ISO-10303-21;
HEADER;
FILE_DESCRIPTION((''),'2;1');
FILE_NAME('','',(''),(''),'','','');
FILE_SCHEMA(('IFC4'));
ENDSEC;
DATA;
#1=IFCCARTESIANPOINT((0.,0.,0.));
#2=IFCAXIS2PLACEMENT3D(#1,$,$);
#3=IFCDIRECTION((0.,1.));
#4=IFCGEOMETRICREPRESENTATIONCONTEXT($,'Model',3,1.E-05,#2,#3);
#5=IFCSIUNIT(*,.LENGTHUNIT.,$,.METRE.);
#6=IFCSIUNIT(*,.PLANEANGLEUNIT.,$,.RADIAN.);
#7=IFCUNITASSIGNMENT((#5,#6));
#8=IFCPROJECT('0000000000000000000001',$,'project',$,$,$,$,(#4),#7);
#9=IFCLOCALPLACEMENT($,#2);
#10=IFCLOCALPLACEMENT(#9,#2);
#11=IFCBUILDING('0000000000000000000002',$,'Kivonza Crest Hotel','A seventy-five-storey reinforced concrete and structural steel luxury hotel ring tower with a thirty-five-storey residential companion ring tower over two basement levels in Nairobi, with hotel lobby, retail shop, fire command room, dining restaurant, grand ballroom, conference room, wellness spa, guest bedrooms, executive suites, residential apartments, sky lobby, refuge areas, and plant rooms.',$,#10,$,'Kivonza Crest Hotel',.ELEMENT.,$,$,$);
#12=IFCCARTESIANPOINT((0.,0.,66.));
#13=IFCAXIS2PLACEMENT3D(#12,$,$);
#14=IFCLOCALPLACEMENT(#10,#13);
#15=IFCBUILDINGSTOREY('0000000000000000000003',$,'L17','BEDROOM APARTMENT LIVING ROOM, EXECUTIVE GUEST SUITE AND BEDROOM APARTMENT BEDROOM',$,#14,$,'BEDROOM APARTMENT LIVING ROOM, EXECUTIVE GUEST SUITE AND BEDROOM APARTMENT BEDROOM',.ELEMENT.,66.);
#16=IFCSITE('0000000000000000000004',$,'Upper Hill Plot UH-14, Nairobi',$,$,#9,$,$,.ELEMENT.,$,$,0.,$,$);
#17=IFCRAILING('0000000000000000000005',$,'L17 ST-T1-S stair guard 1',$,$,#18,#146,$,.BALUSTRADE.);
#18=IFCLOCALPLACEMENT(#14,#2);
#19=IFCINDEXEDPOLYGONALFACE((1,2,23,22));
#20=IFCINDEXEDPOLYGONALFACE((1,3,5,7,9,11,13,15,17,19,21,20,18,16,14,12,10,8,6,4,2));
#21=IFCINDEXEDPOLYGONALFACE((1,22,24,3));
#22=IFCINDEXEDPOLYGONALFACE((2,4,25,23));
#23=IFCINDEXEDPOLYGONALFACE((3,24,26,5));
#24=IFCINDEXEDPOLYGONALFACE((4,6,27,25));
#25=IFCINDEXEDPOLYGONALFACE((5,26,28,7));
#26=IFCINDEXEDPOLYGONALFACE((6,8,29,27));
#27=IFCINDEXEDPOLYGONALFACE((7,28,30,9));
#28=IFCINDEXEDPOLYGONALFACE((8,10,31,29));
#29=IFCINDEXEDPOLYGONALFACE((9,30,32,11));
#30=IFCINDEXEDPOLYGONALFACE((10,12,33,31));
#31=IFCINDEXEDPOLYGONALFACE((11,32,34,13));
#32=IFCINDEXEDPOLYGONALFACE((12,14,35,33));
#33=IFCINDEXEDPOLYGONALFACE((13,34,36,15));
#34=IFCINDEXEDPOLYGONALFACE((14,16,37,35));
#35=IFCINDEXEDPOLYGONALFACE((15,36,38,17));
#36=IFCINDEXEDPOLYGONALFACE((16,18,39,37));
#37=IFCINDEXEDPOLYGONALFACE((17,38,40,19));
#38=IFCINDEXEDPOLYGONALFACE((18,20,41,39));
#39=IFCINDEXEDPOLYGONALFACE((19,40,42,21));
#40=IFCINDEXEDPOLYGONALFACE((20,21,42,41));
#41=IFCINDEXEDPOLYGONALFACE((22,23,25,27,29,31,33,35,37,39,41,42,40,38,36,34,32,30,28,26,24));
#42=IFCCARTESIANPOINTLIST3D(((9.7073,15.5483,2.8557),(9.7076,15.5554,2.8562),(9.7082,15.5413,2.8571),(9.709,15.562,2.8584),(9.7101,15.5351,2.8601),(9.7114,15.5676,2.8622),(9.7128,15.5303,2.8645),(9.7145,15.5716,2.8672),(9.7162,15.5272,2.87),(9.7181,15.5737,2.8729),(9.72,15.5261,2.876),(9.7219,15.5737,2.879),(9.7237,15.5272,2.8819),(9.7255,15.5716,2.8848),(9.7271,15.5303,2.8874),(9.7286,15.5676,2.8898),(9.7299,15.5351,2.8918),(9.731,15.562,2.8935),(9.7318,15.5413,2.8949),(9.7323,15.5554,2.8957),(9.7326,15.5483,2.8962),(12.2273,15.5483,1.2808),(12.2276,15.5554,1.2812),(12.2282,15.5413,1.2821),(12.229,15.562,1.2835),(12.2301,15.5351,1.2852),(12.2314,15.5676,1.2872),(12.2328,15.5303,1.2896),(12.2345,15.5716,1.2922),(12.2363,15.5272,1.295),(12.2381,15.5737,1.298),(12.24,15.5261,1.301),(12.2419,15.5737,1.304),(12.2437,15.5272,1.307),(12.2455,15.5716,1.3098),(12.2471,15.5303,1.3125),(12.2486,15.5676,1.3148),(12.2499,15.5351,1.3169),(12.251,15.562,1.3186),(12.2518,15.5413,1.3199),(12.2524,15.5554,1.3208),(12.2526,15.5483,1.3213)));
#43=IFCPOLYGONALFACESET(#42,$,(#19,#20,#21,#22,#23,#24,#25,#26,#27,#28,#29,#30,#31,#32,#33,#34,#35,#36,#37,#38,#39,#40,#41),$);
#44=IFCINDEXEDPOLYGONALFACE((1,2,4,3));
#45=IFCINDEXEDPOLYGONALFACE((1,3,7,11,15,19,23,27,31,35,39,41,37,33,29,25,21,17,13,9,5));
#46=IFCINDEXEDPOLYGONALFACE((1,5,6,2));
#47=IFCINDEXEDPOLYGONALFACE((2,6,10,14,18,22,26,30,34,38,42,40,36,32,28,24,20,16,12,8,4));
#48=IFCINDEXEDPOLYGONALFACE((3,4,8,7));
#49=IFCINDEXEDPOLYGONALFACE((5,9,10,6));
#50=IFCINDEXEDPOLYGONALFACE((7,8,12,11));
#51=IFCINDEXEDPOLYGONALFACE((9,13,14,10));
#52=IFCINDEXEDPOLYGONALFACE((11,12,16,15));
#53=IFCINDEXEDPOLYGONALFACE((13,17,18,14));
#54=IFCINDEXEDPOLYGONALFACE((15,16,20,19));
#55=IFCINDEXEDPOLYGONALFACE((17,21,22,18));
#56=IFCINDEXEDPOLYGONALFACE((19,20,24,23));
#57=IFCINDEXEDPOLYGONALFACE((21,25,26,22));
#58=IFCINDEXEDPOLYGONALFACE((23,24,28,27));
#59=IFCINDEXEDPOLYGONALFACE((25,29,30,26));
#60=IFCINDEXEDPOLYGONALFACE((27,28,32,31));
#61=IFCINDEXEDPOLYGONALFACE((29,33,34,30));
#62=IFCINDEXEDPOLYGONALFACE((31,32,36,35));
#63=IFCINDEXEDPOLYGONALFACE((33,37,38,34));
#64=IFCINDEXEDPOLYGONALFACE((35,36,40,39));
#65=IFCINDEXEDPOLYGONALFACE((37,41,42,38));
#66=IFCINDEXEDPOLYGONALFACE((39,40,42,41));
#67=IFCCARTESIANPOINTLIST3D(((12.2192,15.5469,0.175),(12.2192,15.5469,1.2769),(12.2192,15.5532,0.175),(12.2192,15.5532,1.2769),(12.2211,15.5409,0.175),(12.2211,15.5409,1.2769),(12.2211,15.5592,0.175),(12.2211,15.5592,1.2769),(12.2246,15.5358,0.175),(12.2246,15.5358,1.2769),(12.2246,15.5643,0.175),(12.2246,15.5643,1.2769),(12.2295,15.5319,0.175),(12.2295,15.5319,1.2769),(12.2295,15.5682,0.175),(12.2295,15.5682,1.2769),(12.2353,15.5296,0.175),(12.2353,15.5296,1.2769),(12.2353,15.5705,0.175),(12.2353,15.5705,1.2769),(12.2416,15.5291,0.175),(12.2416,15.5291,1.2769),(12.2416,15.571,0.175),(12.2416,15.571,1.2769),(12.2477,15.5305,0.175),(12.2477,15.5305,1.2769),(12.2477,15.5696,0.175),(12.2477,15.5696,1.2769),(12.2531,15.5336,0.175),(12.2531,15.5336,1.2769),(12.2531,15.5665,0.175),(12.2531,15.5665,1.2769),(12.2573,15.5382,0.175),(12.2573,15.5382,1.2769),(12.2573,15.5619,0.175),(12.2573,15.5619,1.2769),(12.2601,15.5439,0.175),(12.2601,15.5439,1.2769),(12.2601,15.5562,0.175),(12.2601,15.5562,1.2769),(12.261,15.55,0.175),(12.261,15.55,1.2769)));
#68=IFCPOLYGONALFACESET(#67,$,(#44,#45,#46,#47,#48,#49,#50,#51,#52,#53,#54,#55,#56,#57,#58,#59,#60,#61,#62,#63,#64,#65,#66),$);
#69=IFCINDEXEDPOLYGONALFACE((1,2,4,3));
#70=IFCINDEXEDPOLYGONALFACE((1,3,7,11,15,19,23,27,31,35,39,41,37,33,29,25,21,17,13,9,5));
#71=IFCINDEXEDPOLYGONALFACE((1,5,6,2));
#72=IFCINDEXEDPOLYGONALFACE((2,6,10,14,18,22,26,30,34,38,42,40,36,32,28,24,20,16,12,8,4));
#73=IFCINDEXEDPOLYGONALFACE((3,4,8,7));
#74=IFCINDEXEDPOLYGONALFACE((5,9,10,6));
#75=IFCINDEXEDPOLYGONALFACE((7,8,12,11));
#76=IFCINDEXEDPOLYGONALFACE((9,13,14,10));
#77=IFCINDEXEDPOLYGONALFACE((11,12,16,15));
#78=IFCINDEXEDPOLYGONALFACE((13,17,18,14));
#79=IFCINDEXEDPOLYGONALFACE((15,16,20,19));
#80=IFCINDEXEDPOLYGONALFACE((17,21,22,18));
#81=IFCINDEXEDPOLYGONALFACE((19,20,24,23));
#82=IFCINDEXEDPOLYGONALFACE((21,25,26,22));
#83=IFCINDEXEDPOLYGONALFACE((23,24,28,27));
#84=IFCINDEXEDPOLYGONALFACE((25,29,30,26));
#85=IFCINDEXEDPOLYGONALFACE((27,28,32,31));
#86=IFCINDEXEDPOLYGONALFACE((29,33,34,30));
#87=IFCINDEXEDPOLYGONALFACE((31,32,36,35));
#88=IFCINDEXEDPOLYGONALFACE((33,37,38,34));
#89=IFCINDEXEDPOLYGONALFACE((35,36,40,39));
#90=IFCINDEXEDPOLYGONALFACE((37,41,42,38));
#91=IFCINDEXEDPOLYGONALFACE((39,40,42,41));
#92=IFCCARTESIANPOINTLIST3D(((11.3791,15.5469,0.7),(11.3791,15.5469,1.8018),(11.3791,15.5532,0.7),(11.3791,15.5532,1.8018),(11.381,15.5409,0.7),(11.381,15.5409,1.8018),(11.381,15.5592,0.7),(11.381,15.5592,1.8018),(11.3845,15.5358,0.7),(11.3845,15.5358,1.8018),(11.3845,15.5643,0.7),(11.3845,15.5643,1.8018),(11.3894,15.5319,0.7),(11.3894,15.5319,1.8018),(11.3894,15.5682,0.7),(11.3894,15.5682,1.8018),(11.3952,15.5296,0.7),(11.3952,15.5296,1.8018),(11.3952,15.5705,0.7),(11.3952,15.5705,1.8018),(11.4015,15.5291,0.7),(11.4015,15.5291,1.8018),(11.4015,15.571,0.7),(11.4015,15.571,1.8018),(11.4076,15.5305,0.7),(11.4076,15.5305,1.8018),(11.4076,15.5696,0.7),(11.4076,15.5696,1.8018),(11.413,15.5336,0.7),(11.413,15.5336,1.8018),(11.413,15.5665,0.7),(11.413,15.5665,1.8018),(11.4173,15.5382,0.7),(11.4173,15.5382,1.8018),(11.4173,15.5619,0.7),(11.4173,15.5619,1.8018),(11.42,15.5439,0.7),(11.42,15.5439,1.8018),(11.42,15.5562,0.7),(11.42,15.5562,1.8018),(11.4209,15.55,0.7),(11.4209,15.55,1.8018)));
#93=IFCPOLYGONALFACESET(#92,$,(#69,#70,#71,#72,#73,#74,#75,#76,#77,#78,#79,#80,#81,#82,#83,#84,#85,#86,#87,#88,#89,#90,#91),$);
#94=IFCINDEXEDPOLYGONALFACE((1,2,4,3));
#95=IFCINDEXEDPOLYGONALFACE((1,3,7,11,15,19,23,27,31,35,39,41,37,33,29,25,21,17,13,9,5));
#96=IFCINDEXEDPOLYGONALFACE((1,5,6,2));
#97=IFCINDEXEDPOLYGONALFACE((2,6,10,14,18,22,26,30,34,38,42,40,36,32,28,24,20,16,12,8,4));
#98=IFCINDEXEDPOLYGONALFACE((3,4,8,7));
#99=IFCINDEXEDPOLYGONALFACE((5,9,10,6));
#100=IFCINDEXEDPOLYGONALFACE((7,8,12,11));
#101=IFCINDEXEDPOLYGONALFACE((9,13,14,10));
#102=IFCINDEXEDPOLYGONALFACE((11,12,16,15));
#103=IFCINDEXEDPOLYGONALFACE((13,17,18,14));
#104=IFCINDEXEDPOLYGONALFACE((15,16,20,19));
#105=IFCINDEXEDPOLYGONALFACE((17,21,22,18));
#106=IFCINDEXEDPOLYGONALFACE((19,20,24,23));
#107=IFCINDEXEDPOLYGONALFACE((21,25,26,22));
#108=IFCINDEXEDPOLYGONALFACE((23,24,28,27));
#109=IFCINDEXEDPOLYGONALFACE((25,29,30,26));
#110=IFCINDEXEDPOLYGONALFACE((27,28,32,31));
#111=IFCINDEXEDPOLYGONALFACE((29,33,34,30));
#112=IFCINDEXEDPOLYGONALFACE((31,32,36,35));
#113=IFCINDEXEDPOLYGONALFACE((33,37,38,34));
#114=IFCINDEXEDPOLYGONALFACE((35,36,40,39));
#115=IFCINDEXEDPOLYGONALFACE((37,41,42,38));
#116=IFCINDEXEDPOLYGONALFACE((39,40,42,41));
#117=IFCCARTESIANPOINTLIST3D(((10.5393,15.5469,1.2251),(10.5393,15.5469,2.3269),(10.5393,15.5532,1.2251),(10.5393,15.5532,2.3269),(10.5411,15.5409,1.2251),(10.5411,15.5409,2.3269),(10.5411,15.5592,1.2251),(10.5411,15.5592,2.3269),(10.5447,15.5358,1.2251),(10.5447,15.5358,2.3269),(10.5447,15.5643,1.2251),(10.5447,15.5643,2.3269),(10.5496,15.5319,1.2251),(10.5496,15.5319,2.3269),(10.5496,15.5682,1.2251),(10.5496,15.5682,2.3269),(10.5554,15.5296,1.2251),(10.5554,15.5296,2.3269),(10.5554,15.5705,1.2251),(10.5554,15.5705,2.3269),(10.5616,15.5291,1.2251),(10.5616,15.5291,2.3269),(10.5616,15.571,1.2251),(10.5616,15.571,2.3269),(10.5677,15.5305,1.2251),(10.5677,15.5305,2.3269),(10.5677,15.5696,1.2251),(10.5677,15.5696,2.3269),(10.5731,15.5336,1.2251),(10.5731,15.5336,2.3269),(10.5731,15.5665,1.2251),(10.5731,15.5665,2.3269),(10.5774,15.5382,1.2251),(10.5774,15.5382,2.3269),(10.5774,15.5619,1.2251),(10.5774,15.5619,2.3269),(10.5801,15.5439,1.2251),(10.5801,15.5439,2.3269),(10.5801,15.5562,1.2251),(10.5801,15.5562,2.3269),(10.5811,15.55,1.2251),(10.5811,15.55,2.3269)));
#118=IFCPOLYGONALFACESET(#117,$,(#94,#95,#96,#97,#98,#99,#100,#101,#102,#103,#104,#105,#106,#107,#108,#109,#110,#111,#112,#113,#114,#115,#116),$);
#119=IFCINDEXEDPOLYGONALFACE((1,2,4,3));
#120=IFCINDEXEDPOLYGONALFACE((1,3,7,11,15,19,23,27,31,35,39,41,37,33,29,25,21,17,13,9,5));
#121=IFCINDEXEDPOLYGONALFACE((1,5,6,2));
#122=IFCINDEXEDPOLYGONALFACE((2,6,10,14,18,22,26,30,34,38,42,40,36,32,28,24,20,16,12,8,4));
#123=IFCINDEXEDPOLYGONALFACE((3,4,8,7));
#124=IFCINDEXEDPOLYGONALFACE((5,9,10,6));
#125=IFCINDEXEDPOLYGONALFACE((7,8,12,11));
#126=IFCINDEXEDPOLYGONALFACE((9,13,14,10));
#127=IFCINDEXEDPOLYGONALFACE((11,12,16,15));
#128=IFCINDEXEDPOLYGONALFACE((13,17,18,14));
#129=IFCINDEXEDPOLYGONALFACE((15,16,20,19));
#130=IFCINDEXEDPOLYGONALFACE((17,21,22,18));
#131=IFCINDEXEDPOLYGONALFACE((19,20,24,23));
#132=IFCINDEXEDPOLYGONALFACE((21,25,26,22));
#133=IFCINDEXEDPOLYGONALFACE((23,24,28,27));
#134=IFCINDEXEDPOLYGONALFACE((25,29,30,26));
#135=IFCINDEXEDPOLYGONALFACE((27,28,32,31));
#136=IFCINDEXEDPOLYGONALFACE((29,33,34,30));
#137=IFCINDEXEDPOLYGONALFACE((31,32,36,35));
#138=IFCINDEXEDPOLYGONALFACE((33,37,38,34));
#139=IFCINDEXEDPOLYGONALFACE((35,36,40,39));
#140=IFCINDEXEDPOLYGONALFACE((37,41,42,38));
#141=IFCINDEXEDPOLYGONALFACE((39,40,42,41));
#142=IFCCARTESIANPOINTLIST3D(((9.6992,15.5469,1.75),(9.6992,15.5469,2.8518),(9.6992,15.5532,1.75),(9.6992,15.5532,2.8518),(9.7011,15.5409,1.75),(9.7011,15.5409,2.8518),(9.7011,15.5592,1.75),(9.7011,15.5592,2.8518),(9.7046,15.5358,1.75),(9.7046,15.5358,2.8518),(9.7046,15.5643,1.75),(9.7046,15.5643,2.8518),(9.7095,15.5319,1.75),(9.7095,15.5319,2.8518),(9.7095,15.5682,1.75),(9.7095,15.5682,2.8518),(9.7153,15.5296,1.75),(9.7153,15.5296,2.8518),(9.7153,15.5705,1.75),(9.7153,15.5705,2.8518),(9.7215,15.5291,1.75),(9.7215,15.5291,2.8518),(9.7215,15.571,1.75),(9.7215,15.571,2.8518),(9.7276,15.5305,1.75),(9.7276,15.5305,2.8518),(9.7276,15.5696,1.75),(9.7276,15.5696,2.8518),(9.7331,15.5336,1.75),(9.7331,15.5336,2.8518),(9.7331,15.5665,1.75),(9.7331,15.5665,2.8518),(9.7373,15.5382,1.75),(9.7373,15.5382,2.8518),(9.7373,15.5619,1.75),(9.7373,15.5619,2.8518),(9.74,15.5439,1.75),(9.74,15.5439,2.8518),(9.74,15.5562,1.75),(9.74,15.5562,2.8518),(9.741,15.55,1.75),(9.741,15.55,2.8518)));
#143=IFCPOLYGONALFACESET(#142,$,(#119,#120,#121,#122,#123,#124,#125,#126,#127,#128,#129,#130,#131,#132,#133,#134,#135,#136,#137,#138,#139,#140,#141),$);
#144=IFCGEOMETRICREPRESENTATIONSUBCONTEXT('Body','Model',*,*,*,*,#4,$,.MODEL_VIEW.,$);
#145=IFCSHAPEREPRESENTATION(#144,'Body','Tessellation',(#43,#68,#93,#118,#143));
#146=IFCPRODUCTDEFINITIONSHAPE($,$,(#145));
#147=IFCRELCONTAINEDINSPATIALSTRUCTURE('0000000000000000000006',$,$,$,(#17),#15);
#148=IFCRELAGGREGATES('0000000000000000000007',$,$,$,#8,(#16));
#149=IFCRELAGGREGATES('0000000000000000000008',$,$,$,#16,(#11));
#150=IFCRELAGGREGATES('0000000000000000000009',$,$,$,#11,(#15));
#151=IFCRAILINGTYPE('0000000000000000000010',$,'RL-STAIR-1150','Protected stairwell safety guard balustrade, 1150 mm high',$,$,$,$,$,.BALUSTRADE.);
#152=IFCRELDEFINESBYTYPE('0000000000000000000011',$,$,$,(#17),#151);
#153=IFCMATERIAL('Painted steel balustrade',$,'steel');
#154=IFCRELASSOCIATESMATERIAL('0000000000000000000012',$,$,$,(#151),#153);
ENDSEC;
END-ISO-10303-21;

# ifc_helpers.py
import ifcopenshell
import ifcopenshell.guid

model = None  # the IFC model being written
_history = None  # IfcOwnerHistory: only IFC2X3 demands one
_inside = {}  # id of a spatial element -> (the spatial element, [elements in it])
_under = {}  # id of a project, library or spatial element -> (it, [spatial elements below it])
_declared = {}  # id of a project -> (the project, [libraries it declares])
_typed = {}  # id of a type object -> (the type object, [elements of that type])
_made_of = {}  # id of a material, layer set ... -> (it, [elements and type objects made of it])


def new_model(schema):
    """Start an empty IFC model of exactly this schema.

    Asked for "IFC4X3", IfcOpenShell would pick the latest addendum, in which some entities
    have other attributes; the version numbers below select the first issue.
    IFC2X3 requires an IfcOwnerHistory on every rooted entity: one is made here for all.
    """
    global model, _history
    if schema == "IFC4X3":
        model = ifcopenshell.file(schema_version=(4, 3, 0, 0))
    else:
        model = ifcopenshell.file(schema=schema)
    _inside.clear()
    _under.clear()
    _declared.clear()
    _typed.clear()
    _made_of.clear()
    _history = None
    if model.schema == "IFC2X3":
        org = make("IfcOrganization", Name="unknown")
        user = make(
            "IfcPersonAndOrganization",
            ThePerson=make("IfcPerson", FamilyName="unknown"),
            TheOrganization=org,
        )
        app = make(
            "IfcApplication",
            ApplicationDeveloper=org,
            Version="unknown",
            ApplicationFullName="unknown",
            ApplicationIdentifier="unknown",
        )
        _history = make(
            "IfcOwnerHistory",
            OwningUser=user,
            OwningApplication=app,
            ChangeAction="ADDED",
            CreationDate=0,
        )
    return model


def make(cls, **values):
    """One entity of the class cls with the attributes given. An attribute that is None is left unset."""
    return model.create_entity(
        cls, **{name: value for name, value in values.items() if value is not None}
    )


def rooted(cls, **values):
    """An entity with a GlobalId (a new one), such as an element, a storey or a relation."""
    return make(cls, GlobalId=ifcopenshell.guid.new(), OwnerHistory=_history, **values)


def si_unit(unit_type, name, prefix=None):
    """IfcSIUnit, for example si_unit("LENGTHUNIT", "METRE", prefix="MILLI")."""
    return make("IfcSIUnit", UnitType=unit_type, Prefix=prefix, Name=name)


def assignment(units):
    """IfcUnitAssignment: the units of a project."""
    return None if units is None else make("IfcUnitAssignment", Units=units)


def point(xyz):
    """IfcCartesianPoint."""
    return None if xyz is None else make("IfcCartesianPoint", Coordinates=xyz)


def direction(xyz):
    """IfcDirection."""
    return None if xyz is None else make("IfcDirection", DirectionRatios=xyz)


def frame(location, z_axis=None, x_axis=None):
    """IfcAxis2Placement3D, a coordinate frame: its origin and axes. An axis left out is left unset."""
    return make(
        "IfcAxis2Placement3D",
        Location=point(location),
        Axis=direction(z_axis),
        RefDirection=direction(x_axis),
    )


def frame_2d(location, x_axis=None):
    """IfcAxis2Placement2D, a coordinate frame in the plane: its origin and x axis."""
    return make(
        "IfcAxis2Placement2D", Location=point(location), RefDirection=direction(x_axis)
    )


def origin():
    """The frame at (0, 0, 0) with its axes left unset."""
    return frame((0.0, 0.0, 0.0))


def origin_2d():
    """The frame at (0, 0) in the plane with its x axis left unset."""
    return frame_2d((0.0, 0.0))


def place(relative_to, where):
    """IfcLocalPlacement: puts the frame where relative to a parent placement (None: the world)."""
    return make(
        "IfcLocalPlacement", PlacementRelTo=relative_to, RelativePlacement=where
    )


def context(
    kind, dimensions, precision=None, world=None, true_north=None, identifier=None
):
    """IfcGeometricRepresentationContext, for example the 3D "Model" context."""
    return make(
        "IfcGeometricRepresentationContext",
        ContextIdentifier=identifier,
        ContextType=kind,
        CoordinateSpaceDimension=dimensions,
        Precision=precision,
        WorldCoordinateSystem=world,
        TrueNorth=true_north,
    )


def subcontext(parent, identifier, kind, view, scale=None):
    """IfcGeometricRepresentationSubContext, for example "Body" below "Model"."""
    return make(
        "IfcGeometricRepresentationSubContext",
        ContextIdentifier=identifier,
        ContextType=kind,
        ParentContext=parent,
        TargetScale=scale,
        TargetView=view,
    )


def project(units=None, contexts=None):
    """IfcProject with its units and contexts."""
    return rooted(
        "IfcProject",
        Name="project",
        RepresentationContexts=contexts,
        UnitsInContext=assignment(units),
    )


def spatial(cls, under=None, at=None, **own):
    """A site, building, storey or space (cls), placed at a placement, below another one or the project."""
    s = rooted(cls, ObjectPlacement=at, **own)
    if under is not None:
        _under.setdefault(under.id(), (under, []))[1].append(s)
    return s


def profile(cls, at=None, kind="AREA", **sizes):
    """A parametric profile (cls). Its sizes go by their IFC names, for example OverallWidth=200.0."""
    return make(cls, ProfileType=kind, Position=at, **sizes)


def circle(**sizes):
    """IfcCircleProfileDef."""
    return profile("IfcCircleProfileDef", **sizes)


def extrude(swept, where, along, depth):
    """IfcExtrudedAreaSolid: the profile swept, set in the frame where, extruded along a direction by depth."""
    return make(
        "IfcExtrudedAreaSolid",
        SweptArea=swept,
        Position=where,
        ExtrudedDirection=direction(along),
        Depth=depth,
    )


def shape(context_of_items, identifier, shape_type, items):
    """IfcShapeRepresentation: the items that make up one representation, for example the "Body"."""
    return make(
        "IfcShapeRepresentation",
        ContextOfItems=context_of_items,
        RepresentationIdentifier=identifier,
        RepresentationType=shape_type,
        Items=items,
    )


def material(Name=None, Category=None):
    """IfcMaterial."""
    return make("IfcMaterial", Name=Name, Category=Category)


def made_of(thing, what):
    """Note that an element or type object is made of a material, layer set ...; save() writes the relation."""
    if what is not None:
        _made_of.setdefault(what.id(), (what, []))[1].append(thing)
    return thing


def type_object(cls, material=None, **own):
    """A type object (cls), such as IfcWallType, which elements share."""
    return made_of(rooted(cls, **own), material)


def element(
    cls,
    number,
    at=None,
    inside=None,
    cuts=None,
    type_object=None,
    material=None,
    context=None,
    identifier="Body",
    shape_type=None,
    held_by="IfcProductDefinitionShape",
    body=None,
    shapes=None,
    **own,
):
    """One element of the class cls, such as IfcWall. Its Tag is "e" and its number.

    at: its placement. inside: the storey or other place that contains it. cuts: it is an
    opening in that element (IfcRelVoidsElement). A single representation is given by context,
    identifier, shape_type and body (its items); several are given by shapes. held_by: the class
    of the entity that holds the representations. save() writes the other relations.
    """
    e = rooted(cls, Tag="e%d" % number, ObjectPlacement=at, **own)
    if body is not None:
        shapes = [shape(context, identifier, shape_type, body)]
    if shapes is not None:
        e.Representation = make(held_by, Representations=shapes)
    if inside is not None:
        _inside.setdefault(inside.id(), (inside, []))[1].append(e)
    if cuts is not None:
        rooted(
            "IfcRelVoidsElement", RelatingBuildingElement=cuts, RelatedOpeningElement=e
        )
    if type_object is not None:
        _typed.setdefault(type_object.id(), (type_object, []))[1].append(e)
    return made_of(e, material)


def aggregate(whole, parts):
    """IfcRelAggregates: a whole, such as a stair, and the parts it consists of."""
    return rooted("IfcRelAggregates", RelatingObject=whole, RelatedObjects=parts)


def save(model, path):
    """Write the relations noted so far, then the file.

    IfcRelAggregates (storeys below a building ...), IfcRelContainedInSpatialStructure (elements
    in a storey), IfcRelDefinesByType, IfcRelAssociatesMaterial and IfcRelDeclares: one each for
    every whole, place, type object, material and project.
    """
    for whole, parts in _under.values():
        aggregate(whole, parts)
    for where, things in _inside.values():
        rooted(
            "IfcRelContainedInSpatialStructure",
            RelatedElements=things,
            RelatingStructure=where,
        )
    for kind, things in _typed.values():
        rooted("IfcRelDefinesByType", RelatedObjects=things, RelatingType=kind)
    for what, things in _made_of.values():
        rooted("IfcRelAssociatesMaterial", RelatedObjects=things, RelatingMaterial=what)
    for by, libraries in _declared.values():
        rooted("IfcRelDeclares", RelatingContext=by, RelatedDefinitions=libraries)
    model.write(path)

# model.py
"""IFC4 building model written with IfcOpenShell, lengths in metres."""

from ifc_helpers import new_model, si_unit, direction, frame, origin, origin_2d, place, context, subcontext, project, spatial, circle, extrude, material, type_object, element, save


model = new_model("IFC4")

# Units and contexts
model_context = context("Model", 3, precision=1e-05, world=origin(), true_north=direction((0.0, 1.0)))
body_context = subcontext(model_context, "Body", "Model", "MODEL_VIEW")
ifc_project = project(units=[si_unit("LENGTHUNIT", "METRE"), si_unit("PLANEANGLEUNIT", "RADIAN")], contexts=[model_context])

# Site, building, storey
site_placement = place(None, origin())
site = spatial("IfcSite", under=ifc_project, at=site_placement, Name="Upper Hill Plot UH-14, Nairobi", CompositionType="ELEMENT", RefElevation=0.0)
building_placement = place(site_placement, origin())
building = spatial("IfcBuilding", under=site, at=building_placement, Name="Kivonza Crest Hotel", Description="A seventy-five-storey reinforced concrete and structural steel luxury hotel ring tower with a thirty-five-storey residential companion ring tower over two basement levels in Nairobi, with hotel lobby, retail shop, fire command room, dining restaurant, grand ballroom, conference room, wellness spa, guest bedrooms, executive suites, residential apartments, sky lobby, refuge areas, and plant rooms.", LongName="Kivonza Crest Hotel", CompositionType="ELEMENT")
storey_placement = place(building_placement, frame((0.0, 0.0, 66.0)))
storey = spatial("IfcBuildingStorey", under=building, at=storey_placement, Name="L17", Description="BEDROOM APARTMENT LIVING ROOM, EXECUTIVE GUEST SUITE AND BEDROOM APARTMENT BEDROOM", LongName="BEDROOM APARTMENT LIVING ROOM, EXECUTIVE GUEST SUITE AND BEDROOM APARTMENT BEDROOM", CompositionType="ELEMENT", Elevation=66.0)

# Railing
ifc_material_1 = material(Name="Painted steel balustrade", Category="steel")
railing_type_1 = type_object("IfcRailingType", Name="RL-STAIR-1150", Description="Protected stairwell safety guard balustrade, 1150 mm high", PredefinedType="BALUSTRADE", material=ifc_material_1)
railing_1_placement = place(storey_placement, frame((12.24, 15.55, 0.175)))
element("IfcRailing", 1, at=railing_1_placement, inside=storey, type_object=railing_type_1, Name="L17 ST-T1-S stair guard 1", PredefinedType="BALUSTRADE", context=body_context, shape_type="SweptSolid", body=[
    extrude(circle(Radius=0.0239, at=origin_2d()), frame((0.0, 0.0, 1.126), z_axis=(-0.848008, 0.0, 0.529984), x_axis=(0.0, -1.0, 0.0)), (0.0, 0.0, 1.0), 2.9717),
    extrude(circle(Radius=0.021, at=origin_2d()), origin(), (0.0, 0.0, 1.0), 1.1018),
    extrude(circle(Radius=0.021, at=origin_2d()), frame((-0.8401, 0.0, 0.5249)), (0.0, 0.0, 1.0), 1.1018),
    extrude(circle(Radius=0.021, at=origin_2d()), frame((-1.6799, 0.0, 1.05)), (0.0, 0.0, 1.0), 1.1018),
    extrude(circle(Radius=0.021, at=origin_2d()), frame((-2.52, 0.0, 1.575)), (0.0, 0.0, 1.0), 1.1018),
])

save(model, "model.ifc")
